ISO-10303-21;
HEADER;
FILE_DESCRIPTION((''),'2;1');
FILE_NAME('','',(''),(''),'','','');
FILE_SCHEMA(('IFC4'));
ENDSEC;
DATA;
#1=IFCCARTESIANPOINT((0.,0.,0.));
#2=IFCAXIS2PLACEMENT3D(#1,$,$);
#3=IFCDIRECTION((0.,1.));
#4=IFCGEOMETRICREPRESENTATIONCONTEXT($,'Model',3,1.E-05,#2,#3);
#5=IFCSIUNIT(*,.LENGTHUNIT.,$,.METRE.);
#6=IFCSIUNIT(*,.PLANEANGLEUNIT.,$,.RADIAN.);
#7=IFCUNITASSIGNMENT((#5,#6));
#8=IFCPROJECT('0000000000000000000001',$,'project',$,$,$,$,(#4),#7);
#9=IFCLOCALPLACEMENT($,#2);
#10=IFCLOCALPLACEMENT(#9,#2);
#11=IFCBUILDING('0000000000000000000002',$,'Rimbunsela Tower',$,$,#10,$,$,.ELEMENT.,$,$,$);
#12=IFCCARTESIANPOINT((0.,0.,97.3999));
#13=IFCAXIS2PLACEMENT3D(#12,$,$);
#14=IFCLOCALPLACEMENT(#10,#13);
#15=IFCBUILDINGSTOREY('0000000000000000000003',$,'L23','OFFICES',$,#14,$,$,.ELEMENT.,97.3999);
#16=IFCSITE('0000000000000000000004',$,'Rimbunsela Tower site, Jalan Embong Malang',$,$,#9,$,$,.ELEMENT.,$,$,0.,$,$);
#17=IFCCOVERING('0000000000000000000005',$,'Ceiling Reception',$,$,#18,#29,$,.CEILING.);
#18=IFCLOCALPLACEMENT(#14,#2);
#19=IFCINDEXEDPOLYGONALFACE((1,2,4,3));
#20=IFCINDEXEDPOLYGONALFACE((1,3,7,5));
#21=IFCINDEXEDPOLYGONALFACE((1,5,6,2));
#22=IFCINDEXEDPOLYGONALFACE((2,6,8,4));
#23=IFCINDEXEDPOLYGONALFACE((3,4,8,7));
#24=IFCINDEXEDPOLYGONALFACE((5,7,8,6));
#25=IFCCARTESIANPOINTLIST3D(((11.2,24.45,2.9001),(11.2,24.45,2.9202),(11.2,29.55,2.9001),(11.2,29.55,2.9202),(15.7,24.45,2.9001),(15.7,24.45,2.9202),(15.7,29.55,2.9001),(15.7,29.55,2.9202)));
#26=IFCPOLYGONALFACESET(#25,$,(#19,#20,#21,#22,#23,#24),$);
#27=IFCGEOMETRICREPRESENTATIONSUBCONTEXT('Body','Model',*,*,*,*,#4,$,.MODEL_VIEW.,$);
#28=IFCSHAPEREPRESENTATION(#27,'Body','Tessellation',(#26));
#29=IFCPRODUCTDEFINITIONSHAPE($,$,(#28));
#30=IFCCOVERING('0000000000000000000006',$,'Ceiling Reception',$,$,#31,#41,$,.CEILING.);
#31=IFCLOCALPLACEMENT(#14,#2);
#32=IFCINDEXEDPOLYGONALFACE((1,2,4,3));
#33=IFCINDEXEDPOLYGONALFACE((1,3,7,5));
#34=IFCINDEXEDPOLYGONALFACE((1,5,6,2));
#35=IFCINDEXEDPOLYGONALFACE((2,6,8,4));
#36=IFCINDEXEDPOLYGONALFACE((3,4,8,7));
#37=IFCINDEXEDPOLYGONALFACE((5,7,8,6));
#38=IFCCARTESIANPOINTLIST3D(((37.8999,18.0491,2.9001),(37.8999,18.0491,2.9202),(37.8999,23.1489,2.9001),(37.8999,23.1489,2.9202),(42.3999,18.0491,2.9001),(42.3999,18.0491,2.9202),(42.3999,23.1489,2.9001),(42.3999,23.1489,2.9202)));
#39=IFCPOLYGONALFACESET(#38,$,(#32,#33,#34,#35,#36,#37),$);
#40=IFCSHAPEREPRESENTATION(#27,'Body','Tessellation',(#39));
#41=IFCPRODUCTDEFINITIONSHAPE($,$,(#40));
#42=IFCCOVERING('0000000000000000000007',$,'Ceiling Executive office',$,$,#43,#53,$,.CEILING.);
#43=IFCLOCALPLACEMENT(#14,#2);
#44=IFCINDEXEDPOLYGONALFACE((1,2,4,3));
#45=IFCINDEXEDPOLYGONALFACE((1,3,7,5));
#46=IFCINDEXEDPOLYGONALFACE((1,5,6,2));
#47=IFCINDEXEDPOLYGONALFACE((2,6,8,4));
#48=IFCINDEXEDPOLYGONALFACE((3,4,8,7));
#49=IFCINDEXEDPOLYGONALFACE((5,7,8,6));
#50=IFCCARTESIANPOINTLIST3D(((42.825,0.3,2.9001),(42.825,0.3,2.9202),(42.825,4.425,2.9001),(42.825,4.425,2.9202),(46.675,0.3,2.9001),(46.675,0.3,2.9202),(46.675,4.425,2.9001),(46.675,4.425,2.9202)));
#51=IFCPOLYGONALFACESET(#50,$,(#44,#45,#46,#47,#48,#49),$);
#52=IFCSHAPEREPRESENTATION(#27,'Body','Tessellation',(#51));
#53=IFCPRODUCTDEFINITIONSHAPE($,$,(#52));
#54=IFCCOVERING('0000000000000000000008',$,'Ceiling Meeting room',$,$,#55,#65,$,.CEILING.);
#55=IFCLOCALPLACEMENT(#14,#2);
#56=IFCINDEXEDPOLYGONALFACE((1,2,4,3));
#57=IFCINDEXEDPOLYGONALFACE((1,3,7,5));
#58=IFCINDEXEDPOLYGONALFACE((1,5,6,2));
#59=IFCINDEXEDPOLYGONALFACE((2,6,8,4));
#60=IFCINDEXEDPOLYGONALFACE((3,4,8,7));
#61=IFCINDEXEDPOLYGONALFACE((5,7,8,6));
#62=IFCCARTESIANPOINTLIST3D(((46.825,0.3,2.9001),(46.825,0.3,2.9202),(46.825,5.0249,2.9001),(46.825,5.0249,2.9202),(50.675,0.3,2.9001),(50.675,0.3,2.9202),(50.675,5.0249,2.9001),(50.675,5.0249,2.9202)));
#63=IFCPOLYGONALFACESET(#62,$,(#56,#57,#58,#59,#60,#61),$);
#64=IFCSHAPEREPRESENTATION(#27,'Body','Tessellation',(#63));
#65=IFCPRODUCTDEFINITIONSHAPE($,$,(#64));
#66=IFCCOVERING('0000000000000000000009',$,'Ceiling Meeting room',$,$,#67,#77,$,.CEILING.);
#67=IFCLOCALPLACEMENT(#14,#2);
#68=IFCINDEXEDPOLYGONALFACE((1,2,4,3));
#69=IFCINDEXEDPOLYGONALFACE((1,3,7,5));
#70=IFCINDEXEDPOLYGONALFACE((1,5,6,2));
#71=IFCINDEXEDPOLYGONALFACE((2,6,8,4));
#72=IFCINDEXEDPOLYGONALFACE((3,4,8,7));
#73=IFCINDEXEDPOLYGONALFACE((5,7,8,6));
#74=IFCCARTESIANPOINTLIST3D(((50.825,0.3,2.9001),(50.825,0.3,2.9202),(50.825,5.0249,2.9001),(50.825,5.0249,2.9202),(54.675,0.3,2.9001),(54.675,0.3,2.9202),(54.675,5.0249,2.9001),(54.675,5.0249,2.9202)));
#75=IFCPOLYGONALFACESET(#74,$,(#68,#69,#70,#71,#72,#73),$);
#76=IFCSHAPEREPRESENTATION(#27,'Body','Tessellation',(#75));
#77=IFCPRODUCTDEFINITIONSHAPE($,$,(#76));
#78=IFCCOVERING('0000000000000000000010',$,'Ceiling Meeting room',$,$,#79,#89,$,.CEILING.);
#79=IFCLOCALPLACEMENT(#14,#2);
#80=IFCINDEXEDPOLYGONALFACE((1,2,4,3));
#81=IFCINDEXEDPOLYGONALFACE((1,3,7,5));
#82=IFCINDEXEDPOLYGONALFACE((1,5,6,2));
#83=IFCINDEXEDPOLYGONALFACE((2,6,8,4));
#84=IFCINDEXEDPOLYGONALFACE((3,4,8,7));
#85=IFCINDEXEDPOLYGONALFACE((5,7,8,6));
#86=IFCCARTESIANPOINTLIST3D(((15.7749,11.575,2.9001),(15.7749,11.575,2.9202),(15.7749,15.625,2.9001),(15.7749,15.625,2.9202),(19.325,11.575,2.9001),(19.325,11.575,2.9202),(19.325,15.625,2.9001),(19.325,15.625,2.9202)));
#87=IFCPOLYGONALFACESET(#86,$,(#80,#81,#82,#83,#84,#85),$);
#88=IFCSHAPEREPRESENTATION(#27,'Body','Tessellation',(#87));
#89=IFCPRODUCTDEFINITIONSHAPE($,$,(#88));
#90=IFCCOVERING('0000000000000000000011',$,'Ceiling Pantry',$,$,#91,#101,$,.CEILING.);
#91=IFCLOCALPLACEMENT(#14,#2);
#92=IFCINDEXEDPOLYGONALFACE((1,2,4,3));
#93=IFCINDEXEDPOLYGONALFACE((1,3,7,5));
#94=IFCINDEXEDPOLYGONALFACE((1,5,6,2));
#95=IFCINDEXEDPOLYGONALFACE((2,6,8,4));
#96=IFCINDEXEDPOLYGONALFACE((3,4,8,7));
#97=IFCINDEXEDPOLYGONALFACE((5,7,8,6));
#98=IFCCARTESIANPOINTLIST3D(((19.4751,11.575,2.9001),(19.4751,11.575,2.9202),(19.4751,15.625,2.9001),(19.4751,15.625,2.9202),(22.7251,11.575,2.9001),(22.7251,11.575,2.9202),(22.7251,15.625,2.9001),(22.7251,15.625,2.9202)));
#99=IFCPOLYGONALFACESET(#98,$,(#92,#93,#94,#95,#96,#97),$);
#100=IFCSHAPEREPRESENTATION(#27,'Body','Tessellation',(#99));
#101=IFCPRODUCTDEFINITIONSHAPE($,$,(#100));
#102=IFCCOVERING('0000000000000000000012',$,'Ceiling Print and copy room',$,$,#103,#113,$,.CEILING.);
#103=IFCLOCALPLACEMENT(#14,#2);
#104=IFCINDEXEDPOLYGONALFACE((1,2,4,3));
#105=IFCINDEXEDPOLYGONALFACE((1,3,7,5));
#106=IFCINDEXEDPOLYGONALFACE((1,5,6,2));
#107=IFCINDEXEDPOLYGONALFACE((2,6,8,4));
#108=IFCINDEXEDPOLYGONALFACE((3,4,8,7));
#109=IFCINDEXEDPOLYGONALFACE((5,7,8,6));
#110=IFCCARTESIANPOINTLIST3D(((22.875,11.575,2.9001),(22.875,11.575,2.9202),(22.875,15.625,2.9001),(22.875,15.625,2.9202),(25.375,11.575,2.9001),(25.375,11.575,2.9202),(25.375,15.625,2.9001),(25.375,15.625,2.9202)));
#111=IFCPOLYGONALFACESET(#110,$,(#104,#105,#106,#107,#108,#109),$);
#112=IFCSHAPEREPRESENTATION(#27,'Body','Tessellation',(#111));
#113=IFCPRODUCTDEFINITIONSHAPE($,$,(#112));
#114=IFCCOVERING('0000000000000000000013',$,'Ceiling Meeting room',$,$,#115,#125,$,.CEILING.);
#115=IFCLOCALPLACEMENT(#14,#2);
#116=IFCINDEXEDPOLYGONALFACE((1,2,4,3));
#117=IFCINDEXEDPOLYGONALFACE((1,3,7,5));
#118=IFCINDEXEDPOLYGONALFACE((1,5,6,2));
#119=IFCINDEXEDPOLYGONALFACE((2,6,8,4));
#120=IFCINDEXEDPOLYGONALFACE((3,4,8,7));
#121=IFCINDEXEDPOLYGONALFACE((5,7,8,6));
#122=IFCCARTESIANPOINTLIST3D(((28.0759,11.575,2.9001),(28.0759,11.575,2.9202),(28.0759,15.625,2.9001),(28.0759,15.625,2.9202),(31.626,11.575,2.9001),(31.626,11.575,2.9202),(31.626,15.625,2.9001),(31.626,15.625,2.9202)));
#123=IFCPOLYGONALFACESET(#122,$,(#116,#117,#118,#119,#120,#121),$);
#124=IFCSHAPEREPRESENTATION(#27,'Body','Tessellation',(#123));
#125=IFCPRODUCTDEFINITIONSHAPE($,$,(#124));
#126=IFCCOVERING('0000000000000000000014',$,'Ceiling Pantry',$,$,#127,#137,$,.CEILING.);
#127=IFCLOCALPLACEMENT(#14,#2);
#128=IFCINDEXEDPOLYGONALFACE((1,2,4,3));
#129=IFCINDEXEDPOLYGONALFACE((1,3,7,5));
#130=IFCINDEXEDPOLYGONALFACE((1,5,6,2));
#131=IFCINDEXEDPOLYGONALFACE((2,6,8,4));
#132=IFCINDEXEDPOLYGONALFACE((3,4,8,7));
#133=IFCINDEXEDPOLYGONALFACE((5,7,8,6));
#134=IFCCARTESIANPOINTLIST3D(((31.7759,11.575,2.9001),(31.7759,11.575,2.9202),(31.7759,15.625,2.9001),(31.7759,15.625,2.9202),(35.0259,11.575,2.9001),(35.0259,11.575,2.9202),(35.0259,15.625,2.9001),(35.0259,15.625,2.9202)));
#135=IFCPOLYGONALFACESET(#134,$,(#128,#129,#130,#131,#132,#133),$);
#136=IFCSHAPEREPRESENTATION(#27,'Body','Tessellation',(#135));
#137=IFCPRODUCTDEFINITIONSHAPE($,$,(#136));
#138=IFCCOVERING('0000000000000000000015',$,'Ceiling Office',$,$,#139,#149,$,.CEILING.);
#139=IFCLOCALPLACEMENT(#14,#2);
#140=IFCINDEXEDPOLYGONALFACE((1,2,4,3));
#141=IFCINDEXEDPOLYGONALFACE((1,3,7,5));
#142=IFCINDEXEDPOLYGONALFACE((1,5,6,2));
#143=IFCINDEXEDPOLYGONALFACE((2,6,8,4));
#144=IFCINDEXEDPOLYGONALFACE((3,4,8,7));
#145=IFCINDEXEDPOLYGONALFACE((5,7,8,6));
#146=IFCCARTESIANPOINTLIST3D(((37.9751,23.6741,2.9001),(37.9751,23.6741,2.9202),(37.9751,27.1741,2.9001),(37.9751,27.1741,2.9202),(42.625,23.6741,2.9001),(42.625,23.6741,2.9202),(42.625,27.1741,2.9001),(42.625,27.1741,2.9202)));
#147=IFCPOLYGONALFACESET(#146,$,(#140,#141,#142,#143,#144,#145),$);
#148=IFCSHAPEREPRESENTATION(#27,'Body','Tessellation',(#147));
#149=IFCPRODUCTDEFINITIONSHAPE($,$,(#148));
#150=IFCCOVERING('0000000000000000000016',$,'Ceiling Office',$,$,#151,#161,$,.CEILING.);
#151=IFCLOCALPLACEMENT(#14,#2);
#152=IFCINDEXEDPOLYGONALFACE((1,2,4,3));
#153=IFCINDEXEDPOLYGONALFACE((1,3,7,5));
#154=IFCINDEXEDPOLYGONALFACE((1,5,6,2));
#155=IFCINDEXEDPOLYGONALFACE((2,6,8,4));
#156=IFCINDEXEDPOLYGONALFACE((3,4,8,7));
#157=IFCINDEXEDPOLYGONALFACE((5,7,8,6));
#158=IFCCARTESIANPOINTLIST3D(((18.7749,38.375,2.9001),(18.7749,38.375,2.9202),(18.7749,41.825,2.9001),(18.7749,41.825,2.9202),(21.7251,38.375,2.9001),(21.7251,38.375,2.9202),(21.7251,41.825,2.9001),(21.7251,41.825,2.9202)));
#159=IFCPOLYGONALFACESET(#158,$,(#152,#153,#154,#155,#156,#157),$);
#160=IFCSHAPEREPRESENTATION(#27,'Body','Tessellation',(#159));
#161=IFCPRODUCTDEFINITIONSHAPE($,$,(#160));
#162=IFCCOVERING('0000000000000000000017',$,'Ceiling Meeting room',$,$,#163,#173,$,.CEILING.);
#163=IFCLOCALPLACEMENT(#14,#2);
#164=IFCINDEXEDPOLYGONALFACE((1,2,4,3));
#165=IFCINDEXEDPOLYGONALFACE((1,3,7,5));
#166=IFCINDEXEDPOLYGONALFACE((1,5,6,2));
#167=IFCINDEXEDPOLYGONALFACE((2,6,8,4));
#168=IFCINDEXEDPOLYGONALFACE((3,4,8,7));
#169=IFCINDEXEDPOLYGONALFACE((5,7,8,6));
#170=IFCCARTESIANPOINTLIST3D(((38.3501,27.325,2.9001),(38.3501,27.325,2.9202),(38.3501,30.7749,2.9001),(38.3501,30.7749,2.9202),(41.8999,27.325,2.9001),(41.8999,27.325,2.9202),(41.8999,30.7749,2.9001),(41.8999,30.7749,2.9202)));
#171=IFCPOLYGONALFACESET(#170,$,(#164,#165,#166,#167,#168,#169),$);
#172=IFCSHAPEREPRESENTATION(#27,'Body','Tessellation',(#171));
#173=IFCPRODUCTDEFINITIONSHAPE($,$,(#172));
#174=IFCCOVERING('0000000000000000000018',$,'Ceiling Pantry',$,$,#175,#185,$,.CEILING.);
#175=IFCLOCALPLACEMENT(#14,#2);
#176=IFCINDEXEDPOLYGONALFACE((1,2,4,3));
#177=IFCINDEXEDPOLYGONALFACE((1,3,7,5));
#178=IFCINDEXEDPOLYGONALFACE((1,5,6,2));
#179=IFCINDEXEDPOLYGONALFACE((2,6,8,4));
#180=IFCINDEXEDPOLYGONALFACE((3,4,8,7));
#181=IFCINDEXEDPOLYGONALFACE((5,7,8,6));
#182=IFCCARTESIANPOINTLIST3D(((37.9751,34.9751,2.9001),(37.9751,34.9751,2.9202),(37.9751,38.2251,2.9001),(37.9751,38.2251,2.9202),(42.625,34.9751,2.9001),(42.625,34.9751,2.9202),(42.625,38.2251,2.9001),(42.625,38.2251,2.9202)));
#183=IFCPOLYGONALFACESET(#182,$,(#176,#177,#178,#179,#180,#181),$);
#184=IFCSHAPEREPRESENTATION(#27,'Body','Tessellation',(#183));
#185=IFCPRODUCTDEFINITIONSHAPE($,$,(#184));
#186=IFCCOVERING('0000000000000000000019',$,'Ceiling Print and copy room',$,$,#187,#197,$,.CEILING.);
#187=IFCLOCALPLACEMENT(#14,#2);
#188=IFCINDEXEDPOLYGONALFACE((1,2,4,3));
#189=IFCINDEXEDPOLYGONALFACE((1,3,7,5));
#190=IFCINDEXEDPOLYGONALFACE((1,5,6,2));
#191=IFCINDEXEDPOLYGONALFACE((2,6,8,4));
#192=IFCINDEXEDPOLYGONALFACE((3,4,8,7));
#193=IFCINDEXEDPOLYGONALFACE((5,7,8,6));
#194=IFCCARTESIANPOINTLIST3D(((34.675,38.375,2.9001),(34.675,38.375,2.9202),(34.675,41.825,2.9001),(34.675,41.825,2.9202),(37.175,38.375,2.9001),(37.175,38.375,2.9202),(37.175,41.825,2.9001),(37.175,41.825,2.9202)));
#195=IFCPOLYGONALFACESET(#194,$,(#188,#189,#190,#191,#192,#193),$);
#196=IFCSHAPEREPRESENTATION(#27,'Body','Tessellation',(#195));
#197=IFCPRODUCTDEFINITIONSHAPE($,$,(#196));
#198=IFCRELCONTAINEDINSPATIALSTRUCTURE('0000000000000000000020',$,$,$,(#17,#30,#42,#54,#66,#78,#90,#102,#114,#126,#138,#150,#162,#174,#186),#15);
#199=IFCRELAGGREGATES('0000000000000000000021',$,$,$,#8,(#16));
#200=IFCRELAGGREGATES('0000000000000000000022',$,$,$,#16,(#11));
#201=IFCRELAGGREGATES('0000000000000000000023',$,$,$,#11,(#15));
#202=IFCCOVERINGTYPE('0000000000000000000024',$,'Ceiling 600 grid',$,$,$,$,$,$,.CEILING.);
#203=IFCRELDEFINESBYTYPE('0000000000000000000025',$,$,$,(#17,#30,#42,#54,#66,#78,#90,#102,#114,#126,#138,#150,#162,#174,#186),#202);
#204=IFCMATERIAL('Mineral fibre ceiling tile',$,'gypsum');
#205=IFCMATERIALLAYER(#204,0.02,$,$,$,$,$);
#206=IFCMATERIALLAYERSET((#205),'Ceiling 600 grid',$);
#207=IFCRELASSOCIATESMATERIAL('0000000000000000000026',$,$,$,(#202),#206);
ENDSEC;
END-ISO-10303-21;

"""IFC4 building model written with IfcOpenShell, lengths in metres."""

from ifc_helpers import new_model, si_unit, direction, frame, origin, place, context, subcontext, project, spatial, polyline, outline, extrude, material, layer, layer_set, type_object, element, save


model = new_model("IFC4")

# Units and contexts
model_context = context("Model", 3, precision=1e-05, world=origin(), true_north=direction((0.0, 1.0)))
body_context = subcontext(model_context, "Body", "Model", "MODEL_VIEW")
ifc_project = project(units=[si_unit("LENGTHUNIT", "METRE"), si_unit("PLANEANGLEUNIT", "RADIAN")], contexts=[model_context])

# Site, building, storey
site_placement = place(None, origin())
site = spatial("IfcSite", under=ifc_project, at=site_placement, Name="Rimbunsela Tower site, Jalan Embong Malang", CompositionType="ELEMENT", RefElevation=0.0)
building_placement = place(site_placement, origin())
building = spatial("IfcBuilding", under=site, at=building_placement, Name="Rimbunsela Tower", CompositionType="ELEMENT")
storey_placement = place(building_placement, frame((0.0, 0.0, 97.3999)))
storey = spatial("IfcBuildingStorey", under=building, at=storey_placement, Name="L23", Description="OFFICES", CompositionType="ELEMENT", Elevation=97.3999)

# Coverings
ifc_material_1 = material(Name="Mineral fibre ceiling tile", Category="gypsum")
ifc_layer_1 = layer(ifc_material_1, 0.02)
ifc_layer_set_1 = layer_set([ifc_layer_1], Name="Ceiling 600 grid")
covering_type_1 = type_object("IfcCoveringType", Name="Ceiling 600 grid", PredefinedType="CEILING", material=ifc_layer_set_1)
covering_1_placement = place(storey_placement, frame((0.0, 0.0, 2.9001)))
element("IfcCovering", 1, at=covering_1_placement, inside=storey, type_object=covering_type_1, Name="Ceiling Reception", PredefinedType="CEILING", context=body_context, shape_type="SweptSolid", body=[
    extrude(outline(polyline([(15.7, 24.45), (15.7, 29.55), (11.2, 29.55), (11.2, 24.45), (15.7, 24.45)])), origin(), (0.0, 0.0, 1.0), 0.02),
])
covering_2_placement = place(storey_placement, frame((0.0, 0.0, 2.9001)))
element("IfcCovering", 2, at=covering_2_placement, inside=storey, type_object=covering_type_1, Name="Ceiling Reception", PredefinedType="CEILING", context=body_context, shape_type="SweptSolid", body=[
    extrude(outline(polyline([(42.3999, 18.0491), (42.3999, 23.1489), (37.8999, 23.1489), (37.8999, 18.0491), (42.3999, 18.0491)])), origin(), (0.0, 0.0, 1.0), 0.02),
])
covering_3_placement = place(storey_placement, frame((0.0, 0.0, 2.9001)))
element("IfcCovering", 3, at=covering_3_placement, inside=storey, type_object=covering_type_1, Name="Ceiling Executive office", PredefinedType="CEILING", context=body_context, shape_type="SweptSolid", body=[
    extrude(outline(polyline([(46.675, 0.3), (46.675, 4.425), (42.825, 4.425), (42.825, 0.3), (46.675, 0.3)])), origin(), (0.0, 0.0, 1.0), 0.02),
])
covering_4_placement = place(storey_placement, frame((0.0, 0.0, 2.9001)))
element("IfcCovering", 4, at=covering_4_placement, inside=storey, type_object=covering_type_1, Name="Ceiling Meeting room", PredefinedType="CEILING", context=body_context, shape_type="SweptSolid", body=[
    extrude(outline(polyline([(50.675, 0.3), (50.675, 5.0249), (46.825, 5.0249), (46.825, 0.3), (50.675, 0.3)])), origin(), (0.0, 0.0, 1.0), 0.02),
])
covering_5_placement = place(storey_placement, frame((0.0, 0.0, 2.9001)))
element("IfcCovering", 5, at=covering_5_placement, inside=storey, type_object=covering_type_1, Name="Ceiling Meeting room", PredefinedType="CEILING", context=body_context, shape_type="SweptSolid", body=[
    extrude(outline(polyline([(54.675, 0.3), (54.675, 5.0249), (50.825, 5.0249), (50.825, 0.3), (54.675, 0.3)])), origin(), (0.0, 0.0, 1.0), 0.02),
])
covering_6_placement = place(storey_placement, frame((0.0, 0.0, 2.9001)))
element("IfcCovering", 6, at=covering_6_placement, inside=storey, type_object=covering_type_1, Name="Ceiling Meeting room", PredefinedType="CEILING", context=body_context, shape_type="SweptSolid", body=[
    extrude(outline(polyline([(19.325, 11.575), (19.325, 15.625), (15.7749, 15.625), (15.7749, 11.575), (19.325, 11.575)])), origin(), (0.0, 0.0, 1.0), 0.02),
])
covering_7_placement = place(storey_placement, frame((0.0, 0.0, 2.9001)))
element("IfcCovering", 7, at=covering_7_placement, inside=storey, type_object=covering_type_1, Name="Ceiling Pantry", PredefinedType="CEILING", context=body_context, shape_type="SweptSolid", body=[
    extrude(outline(polyline([(22.7251, 11.575), (22.7251, 15.625), (19.4751, 15.625), (19.4751, 11.575), (22.7251, 11.575)])), origin(), (0.0, 0.0, 1.0), 0.02),
])
covering_8_placement = place(storey_placement, frame((0.0, 0.0, 2.9001)))
element("IfcCovering", 8, at=covering_8_placement, inside=storey, type_object=covering_type_1, Name="Ceiling Print and copy room", PredefinedType="CEILING", context=body_context, shape_type="SweptSolid", body=[
    extrude(outline(polyline([(25.375, 11.575), (25.375, 15.625), (22.875, 15.625), (22.875, 11.575), (25.375, 11.575)])), origin(), (0.0, 0.0, 1.0), 0.02),
])
covering_9_placement = place(storey_placement, frame((0.0, 0.0, 2.9001)))
element("IfcCovering", 9, at=covering_9_placement, inside=storey, type_object=covering_type_1, Name="Ceiling Meeting room", PredefinedType="CEILING", context=body_context, shape_type="SweptSolid", body=[
    extrude(outline(polyline([(31.626, 11.575), (31.626, 15.625), (28.0759, 15.625), (28.0759, 11.575), (31.626, 11.575)])), origin(), (0.0, 0.0, 1.0), 0.02),
])
covering_10_placement = place(storey_placement, frame((0.0, 0.0, 2.9001)))
element("IfcCovering", 10, at=covering_10_placement, inside=storey, type_object=covering_type_1, Name="Ceiling Pantry", PredefinedType="CEILING", context=body_context, shape_type="SweptSolid", body=[
    extrude(outline(polyline([(35.0259, 11.575), (35.0259, 15.625), (31.7759, 15.625), (31.7759, 11.575), (35.0259, 11.575)])), origin(), (0.0, 0.0, 1.0), 0.02),
])
covering_11_placement = place(storey_placement, frame((0.0, 0.0, 2.9001)))
element("IfcCovering", 11, at=covering_11_placement, inside=storey, type_object=covering_type_1, Name="Ceiling Office", PredefinedType="CEILING", context=body_context, shape_type="SweptSolid", body=[
    extrude(outline(polyline([(42.625, 23.6741), (42.625, 27.1741), (37.9751, 27.1741), (37.9751, 23.6741), (42.625, 23.6741)])), origin(), (0.0, 0.0, 1.0), 0.02),
])
covering_12_placement = place(storey_placement, frame((0.0, 0.0, 2.9001)))
element("IfcCovering", 12, at=covering_12_placement, inside=storey, type_object=covering_type_1, Name="Ceiling Office", PredefinedType="CEILING", context=body_context, shape_type="SweptSolid", body=[
    extrude(outline(polyline([(21.7251, 38.375), (21.7251, 41.825), (18.7749, 41.825), (18.7749, 38.375), (21.7251, 38.375)])), origin(), (0.0, 0.0, 1.0), 0.02),
])
covering_13_placement = place(storey_placement, frame((0.0, 0.0, 2.9001)))
element("IfcCovering", 13, at=covering_13_placement, inside=storey, type_object=covering_type_1, Name="Ceiling Meeting room", PredefinedType="CEILING", context=body_context, shape_type="SweptSolid", body=[
    extrude(outline(polyline([(41.8999, 27.325), (41.8999, 30.7749), (38.3501, 30.7749), (38.3501, 27.325), (41.8999, 27.325)])), origin(), (0.0, 0.0, 1.0), 0.02),
])
covering_14_placement = place(storey_placement, frame((0.0, 0.0, 2.9001)))
element("IfcCovering", 14, at=covering_14_placement, inside=storey, type_object=covering_type_1, Name="Ceiling Pantry", PredefinedType="CEILING", context=body_context, shape_type="SweptSolid", body=[
    extrude(outline(polyline([(42.625, 34.9751), (42.625, 38.2251), (37.9751, 38.2251), (37.9751, 34.9751), (42.625, 34.9751)])), origin(), (0.0, 0.0, 1.0), 0.02),
])
covering_15_placement = place(storey_placement, frame((0.0, 0.0, 2.9001)))
element("IfcCovering", 15, at=covering_15_placement, inside=storey, type_object=covering_type_1, Name="Ceiling Print and copy room", PredefinedType="CEILING", context=body_context, shape_type="SweptSolid", body=[
    extrude(outline(polyline([(37.175, 38.375), (37.175, 41.825), (34.675, 41.825), (34.675, 38.375), (37.175, 38.375)])), origin(), (0.0, 0.0, 1.0), 0.02),
])

save(model, "model.ifc")
